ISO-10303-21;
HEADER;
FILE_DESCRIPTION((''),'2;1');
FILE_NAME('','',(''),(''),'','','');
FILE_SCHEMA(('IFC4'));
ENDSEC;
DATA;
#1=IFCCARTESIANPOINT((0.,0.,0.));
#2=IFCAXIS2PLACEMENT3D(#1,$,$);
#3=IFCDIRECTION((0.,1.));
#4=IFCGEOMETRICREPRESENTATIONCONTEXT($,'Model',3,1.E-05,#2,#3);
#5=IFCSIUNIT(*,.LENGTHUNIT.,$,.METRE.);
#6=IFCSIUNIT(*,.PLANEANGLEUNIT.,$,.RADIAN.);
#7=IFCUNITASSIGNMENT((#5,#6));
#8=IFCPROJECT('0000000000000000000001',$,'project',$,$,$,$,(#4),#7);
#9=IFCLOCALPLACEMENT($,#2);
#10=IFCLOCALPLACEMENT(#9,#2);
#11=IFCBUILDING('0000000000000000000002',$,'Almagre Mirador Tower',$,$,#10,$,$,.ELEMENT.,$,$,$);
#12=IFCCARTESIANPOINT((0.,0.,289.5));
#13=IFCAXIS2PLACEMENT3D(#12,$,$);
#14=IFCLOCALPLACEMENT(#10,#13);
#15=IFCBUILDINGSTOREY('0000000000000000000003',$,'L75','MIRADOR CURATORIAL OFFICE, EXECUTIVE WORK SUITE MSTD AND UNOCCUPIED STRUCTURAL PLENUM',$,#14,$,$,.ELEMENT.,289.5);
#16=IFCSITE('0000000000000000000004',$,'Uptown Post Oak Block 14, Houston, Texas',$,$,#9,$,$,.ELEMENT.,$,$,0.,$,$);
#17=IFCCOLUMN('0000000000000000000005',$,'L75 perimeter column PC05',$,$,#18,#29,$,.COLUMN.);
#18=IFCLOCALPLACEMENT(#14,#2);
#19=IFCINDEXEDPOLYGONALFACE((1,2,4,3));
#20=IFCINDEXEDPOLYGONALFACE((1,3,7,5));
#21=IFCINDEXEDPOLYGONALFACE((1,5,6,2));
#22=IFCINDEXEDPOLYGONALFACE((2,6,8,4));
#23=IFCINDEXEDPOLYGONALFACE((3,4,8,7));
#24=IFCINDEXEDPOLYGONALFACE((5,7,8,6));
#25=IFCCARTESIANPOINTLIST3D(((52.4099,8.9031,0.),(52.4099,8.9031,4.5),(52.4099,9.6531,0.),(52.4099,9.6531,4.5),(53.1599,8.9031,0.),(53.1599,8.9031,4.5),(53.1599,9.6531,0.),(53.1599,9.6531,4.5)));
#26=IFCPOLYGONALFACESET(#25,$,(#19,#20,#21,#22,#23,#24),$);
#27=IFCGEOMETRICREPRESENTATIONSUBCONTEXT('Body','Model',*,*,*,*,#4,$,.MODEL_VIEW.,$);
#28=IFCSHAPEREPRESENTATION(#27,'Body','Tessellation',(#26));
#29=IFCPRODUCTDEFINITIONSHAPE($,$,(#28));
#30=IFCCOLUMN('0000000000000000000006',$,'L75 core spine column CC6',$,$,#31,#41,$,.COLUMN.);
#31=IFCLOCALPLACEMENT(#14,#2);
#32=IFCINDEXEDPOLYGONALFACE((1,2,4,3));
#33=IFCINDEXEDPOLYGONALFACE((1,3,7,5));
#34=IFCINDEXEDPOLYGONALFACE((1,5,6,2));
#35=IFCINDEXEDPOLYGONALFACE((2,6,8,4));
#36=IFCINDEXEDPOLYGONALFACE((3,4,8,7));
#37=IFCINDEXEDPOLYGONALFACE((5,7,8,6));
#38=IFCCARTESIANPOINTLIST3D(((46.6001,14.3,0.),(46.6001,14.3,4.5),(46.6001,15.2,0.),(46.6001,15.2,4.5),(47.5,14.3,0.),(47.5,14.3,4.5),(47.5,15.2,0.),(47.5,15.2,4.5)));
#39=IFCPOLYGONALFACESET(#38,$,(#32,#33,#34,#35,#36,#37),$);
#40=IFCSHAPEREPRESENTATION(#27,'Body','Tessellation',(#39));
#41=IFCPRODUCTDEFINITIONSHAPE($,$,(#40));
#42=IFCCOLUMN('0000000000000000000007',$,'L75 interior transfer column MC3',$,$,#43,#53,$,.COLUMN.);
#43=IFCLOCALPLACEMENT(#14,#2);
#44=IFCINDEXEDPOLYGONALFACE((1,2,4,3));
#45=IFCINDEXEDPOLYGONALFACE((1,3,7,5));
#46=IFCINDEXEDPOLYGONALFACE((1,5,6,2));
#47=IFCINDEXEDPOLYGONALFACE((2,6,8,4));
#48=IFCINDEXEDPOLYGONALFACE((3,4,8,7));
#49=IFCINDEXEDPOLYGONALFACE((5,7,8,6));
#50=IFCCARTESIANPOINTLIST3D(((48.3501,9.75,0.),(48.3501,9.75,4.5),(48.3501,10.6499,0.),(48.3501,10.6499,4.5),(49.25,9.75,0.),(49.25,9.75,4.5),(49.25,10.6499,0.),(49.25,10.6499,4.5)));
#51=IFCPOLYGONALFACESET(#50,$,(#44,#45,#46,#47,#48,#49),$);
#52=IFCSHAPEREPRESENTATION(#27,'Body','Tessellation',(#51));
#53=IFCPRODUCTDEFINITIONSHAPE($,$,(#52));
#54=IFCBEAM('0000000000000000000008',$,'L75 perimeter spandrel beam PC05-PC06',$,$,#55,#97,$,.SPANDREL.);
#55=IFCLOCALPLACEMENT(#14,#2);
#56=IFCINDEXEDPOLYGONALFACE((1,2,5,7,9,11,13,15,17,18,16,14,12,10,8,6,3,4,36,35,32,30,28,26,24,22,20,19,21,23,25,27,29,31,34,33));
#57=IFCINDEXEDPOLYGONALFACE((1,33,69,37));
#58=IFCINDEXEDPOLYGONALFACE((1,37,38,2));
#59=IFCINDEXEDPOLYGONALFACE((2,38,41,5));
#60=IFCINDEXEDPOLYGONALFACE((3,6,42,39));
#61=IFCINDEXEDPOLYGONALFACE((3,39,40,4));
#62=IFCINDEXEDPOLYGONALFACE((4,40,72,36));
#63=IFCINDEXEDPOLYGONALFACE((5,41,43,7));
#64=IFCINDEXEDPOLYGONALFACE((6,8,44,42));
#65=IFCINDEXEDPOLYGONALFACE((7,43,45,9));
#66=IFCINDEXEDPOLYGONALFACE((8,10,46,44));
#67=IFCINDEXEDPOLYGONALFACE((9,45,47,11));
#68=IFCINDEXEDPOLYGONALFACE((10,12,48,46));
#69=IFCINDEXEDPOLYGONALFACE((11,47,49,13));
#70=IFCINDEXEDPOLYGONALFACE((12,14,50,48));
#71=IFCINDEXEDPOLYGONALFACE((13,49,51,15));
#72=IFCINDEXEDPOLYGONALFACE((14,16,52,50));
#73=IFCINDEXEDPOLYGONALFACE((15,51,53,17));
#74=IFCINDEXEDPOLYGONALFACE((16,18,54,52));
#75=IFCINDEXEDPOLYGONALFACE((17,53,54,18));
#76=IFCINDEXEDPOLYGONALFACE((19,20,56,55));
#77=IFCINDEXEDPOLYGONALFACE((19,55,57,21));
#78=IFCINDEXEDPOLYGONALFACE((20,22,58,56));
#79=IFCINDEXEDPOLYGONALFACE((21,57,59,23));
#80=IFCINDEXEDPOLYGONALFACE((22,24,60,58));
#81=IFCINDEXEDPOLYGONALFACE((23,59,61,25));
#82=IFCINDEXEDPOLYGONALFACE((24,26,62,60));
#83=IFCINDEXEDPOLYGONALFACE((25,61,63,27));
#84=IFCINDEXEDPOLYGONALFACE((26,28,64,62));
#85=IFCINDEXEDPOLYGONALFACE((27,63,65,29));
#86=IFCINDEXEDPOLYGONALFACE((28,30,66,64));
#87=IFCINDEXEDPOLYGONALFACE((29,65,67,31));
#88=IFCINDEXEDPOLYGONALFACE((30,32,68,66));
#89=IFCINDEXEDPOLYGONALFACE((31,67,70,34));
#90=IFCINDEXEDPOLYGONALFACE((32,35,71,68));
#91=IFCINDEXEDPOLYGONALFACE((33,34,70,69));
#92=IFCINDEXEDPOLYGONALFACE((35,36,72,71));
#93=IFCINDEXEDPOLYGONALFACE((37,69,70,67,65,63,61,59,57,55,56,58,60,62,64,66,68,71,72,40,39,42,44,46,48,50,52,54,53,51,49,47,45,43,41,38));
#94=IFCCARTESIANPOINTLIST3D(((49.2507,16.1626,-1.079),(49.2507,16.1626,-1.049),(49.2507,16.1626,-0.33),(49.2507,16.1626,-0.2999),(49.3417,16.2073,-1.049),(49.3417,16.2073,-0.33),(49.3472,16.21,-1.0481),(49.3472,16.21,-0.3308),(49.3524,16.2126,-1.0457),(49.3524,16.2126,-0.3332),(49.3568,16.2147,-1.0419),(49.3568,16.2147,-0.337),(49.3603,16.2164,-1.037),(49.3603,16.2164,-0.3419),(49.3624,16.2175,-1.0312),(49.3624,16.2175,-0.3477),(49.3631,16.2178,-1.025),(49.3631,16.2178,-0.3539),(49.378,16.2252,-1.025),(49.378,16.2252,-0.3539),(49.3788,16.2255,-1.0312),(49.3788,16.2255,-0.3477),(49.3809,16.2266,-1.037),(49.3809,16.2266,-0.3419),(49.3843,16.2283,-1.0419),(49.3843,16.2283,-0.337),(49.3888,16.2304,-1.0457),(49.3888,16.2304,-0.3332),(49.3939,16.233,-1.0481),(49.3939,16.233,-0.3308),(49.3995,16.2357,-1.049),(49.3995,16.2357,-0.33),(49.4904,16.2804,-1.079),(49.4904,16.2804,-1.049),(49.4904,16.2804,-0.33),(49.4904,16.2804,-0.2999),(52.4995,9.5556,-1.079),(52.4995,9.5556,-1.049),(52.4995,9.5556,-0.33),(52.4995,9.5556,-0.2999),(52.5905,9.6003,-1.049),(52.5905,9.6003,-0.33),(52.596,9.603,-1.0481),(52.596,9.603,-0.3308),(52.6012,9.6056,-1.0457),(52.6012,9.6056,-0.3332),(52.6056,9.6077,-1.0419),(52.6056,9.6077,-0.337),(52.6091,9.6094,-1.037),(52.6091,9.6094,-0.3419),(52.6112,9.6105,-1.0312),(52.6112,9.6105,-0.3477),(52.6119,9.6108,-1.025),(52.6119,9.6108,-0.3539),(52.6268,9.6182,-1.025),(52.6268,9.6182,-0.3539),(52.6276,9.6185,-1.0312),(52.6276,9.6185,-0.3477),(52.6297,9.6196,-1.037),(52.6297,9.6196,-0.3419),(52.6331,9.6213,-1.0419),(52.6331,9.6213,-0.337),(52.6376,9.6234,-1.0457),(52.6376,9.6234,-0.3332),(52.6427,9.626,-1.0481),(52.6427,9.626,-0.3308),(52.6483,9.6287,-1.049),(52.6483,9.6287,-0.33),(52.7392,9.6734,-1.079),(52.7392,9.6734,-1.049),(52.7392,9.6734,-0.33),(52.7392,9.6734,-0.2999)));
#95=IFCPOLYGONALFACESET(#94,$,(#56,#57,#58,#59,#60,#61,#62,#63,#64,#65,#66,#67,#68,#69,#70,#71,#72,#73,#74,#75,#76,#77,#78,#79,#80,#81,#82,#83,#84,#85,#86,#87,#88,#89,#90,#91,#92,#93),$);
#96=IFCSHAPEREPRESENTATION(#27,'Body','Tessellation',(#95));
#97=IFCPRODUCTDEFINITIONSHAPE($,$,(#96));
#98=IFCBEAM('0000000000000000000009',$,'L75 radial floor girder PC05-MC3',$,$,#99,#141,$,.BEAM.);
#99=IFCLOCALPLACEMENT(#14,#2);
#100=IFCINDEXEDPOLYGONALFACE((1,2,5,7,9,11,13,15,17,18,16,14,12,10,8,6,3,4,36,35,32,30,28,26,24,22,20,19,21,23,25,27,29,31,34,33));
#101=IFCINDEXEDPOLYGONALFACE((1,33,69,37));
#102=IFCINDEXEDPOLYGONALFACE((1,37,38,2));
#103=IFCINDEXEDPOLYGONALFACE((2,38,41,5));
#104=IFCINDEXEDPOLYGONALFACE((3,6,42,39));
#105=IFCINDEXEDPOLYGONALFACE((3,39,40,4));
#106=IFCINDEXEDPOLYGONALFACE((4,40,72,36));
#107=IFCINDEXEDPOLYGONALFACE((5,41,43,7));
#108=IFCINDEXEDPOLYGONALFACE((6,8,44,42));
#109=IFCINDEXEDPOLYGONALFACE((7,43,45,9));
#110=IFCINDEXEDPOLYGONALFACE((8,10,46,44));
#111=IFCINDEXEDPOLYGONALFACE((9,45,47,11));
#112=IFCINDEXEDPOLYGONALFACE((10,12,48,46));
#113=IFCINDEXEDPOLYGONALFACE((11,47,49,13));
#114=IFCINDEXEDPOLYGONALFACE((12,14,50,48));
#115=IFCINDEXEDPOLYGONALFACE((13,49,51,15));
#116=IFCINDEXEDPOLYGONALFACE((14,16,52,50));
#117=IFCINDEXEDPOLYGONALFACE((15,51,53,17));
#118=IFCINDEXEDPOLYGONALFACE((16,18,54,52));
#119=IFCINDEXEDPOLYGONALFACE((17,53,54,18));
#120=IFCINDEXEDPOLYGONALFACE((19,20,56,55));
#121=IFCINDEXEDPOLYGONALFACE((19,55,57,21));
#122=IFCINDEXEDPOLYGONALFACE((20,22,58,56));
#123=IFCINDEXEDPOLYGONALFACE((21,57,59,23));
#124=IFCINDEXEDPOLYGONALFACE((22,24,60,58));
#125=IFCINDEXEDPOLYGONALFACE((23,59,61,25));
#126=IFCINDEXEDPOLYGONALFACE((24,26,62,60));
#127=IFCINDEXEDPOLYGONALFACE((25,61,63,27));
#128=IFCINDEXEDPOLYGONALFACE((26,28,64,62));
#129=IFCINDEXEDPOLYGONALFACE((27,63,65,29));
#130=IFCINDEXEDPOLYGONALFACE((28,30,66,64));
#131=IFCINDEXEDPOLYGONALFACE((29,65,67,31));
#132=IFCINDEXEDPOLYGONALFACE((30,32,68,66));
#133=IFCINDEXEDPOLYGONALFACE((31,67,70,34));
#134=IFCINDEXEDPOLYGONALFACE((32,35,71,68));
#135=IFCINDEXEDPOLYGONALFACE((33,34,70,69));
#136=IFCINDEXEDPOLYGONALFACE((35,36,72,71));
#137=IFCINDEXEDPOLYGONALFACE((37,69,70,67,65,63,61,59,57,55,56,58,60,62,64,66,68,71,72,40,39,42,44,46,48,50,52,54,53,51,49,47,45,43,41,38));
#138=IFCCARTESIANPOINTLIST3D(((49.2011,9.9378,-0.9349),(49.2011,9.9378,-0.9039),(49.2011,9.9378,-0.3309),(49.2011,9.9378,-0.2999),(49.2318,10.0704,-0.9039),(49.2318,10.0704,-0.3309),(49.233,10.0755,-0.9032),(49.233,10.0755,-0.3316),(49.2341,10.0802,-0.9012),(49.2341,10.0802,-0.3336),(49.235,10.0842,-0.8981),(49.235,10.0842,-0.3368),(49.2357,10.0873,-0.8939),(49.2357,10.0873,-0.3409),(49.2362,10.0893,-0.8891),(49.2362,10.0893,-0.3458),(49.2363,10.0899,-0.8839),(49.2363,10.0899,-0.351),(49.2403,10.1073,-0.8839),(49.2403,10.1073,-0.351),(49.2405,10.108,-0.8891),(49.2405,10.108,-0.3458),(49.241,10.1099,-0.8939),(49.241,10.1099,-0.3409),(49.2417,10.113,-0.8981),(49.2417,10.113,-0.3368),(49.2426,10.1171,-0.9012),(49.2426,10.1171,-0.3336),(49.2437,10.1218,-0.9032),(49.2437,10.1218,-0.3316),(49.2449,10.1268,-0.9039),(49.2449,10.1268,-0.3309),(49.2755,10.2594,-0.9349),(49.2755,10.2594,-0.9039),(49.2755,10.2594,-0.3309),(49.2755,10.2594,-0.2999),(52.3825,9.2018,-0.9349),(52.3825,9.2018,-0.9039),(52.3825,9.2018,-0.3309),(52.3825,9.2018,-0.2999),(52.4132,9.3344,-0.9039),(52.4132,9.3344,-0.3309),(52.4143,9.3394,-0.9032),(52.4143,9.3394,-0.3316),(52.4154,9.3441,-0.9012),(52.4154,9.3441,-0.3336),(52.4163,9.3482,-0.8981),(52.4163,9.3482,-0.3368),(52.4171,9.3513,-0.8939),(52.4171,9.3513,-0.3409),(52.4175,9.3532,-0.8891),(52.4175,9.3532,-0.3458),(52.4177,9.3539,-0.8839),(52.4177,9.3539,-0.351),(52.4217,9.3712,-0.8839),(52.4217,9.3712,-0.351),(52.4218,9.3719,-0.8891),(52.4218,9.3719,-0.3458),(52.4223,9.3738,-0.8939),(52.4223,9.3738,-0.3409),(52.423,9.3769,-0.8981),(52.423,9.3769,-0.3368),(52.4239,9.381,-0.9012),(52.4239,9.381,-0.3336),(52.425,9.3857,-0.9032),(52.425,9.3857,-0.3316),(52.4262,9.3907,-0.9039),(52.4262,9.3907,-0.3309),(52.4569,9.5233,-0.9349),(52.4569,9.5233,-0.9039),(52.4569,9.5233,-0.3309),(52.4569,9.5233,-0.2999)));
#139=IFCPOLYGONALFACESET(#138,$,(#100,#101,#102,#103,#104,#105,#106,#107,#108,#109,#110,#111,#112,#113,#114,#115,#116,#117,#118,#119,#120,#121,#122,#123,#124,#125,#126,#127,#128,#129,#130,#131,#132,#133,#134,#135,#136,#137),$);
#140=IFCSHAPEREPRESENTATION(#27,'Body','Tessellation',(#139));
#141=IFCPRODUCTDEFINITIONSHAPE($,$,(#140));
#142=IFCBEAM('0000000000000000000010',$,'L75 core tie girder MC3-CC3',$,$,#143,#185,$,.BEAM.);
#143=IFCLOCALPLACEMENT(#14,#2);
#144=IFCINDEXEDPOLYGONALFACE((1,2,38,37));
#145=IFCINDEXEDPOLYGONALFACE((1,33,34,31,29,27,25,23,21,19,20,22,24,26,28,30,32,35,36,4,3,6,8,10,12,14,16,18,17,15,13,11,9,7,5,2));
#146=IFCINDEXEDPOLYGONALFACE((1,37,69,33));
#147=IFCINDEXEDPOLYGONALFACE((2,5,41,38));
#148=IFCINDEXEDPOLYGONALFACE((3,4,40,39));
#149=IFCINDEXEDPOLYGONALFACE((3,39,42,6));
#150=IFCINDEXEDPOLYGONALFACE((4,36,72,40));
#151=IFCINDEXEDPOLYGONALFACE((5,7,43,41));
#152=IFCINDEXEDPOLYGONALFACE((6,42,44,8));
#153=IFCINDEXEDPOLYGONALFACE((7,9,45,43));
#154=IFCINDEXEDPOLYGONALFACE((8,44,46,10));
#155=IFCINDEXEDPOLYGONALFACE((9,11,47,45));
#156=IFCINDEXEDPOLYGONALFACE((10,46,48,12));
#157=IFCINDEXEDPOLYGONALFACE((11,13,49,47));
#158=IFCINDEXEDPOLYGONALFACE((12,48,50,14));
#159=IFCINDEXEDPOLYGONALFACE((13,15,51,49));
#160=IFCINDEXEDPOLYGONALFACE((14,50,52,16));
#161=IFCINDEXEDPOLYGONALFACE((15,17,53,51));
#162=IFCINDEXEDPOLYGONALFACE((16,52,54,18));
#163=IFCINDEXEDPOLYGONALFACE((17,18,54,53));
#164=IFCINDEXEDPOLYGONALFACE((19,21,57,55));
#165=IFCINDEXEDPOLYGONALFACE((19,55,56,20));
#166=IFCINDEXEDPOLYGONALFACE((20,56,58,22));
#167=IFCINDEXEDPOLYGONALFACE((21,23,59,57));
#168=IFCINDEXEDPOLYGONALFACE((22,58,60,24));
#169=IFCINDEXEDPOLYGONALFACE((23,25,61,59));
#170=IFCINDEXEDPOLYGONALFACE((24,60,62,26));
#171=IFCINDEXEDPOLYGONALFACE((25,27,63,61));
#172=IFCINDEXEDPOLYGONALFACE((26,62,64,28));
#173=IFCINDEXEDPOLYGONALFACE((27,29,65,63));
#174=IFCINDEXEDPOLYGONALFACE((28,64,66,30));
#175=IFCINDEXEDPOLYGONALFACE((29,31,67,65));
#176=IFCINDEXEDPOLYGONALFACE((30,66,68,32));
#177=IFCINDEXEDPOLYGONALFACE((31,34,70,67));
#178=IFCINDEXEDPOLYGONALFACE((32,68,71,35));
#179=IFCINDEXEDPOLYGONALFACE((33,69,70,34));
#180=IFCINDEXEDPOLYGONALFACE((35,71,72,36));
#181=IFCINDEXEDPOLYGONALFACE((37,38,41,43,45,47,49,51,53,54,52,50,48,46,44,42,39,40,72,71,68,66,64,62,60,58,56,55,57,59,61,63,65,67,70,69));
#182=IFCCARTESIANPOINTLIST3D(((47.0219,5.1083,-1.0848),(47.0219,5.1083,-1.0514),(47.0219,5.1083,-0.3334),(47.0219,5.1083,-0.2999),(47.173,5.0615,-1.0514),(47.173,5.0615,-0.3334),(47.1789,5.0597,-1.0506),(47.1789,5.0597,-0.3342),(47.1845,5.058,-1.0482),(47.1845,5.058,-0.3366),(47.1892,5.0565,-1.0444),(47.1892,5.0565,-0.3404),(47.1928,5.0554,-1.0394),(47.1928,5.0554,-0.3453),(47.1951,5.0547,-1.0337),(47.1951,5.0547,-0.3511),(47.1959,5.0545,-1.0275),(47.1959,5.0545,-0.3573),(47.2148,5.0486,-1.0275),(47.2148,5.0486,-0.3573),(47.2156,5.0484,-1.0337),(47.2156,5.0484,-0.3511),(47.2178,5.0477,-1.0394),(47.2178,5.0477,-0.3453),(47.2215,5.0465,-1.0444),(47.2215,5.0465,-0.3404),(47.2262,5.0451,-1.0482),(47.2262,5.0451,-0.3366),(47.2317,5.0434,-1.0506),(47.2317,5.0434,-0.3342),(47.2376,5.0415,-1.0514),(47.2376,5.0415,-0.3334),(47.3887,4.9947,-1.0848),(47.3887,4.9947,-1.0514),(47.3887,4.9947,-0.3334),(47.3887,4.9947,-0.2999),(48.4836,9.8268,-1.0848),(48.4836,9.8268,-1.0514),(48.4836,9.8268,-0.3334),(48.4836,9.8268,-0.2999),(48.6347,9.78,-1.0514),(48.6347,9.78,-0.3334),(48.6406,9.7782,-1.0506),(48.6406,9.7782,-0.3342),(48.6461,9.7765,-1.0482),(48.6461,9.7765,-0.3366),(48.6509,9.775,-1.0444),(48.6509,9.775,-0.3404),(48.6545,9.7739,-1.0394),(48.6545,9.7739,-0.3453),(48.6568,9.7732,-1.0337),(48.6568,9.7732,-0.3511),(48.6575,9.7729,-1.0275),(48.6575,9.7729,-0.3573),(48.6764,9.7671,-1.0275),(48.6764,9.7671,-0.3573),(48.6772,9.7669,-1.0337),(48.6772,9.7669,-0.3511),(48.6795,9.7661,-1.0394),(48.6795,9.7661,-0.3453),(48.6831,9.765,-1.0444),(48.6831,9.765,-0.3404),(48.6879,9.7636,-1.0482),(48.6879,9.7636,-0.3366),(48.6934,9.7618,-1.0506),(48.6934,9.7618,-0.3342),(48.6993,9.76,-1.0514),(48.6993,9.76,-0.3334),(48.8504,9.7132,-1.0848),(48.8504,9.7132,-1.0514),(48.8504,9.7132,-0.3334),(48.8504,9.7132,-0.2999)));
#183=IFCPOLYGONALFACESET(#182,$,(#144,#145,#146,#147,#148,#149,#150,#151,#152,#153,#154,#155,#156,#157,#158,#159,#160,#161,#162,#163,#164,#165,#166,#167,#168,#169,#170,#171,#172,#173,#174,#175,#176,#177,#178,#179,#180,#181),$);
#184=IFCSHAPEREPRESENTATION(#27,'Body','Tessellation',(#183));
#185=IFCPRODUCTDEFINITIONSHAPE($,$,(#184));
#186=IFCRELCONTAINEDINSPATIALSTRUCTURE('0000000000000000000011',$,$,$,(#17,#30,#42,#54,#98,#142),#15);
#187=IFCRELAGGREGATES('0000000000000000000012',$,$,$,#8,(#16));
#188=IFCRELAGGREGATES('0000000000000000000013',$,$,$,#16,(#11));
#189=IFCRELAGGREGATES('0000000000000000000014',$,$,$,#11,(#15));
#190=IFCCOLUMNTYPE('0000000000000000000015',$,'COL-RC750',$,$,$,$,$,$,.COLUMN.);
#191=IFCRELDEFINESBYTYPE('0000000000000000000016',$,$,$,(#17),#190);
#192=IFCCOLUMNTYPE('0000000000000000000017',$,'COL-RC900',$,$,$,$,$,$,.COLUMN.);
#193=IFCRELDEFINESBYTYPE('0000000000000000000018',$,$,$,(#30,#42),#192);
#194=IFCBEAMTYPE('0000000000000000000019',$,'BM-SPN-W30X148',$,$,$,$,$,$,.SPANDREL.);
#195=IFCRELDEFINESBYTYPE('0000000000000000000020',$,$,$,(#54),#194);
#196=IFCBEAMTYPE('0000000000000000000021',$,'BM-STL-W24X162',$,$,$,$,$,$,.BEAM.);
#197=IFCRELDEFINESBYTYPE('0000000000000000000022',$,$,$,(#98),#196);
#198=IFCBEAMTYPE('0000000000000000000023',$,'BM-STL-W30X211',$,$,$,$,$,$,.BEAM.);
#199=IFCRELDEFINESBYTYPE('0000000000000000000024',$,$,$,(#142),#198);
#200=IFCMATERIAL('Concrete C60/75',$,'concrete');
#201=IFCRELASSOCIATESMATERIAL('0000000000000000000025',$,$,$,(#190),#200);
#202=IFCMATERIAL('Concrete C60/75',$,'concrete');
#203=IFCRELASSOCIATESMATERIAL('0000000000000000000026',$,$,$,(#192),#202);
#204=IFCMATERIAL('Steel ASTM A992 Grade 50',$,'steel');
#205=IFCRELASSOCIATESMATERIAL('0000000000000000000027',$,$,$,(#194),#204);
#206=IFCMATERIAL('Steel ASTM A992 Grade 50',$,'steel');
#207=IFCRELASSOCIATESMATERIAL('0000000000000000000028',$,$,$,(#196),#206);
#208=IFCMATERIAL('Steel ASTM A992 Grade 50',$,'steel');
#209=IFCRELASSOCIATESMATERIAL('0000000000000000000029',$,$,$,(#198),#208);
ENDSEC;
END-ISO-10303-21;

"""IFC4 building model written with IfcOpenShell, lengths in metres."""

from ifc_helpers import new_model, si_unit, direction, frame, origin, origin_2d, place, context, subcontext, project, spatial, rectangle, i_section, extrude, material, material_profile, profile_set, type_object, element, save


model = new_model("IFC4")

# Units and contexts
model_context = context("Model", 3, precision=1e-05, world=origin(), true_north=direction((0.0, 1.0)))
body_context = subcontext(model_context, "Body", "Model", "MODEL_VIEW")
ifc_project = project(units=[si_unit("LENGTHUNIT", "METRE"), si_unit("PLANEANGLEUNIT", "RADIAN")], contexts=[model_context])

# Site, building, storey
site_placement = place(None, origin())
site = spatial("IfcSite", under=ifc_project, at=site_placement, Name="Uptown Post Oak Block 14, Houston, Texas", CompositionType="ELEMENT", RefElevation=0.0)
building_placement = place(site_placement, origin())
building = spatial("IfcBuilding", under=site, at=building_placement, Name="Almagre Mirador Tower", CompositionType="ELEMENT")
storey_placement = place(building_placement, frame((0.0, 0.0, 289.5)))
storey = spatial("IfcBuildingStorey", under=building, at=storey_placement, Name="L75", Description="MIRADOR CURATORIAL OFFICE, EXECUTIVE WORK SUITE MSTD AND UNOCCUPIED STRUCTURAL PLENUM", CompositionType="ELEMENT", Elevation=289.5)

# Columns
ifc_material_1 = material(Name="Concrete C60/75", Category="concrete")
ifc_material_profile_1 = material_profile(ifc_material_1, rectangle(XDim=0.75, YDim=0.75, at=origin_2d()), Name="RC750X750")
ifc_profile_set_1 = profile_set([ifc_material_profile_1], Name="Concrete C60/75")
column_type_1 = type_object("IfcColumnType", Name="COL-RC750", PredefinedType="COLUMN", material=ifc_profile_set_1)
column_placement = place(storey_placement, frame((52.7849, 9.2781, 0.0), z_axis=(0.0, 0.0, 1.0), x_axis=(1.0, 0.0, 0.0)))
element("IfcColumn", 1, at=column_placement, inside=storey, type_object=column_type_1, Name="L75 perimeter column PC05", PredefinedType="COLUMN", context=body_context, shape_type="SweptSolid", body=[
    extrude(rectangle(XDim=0.75, YDim=0.75, at=origin_2d()), origin(), (0.0, 0.0, 1.0), 4.5),
])
ifc_material_2 = material(Name="Concrete C60/75", Category="concrete")
ifc_material_profile_2 = material_profile(ifc_material_2, rectangle(XDim=0.8999, YDim=0.8999, at=origin_2d()), Name="RC900X900")
ifc_profile_set_2 = profile_set([ifc_material_profile_2], Name="Concrete C60/75")
column_type_2 = type_object("IfcColumnType", Name="COL-RC900", PredefinedType="COLUMN", material=ifc_profile_set_2)
for number, where, z_axis, x_axis, name in (
    (2, (47.05, 14.75, 0.0), (0.0, 0.0, 1.0), (1.0, 0.0, 0.0), "L75 core spine column CC6"),
    (3, (48.8, 10.2, 0.0), (0.0, 0.0, 1.0), (1.0, 0.0, 0.0), "L75 interior transfer column MC3"),
):
    element("IfcColumn", number, at=place(storey_placement, frame(where, z_axis=z_axis, x_axis=x_axis)), inside=storey, type_object=column_type_2, Name=name, PredefinedType="COLUMN", context=body_context, shape_type="SweptSolid", body=[
        extrude(rectangle(XDim=0.8999, YDim=0.8999, at=origin_2d()), origin(), (0.0, 0.0, 1.0), 4.5),
    ])

# Beams
ifc_material_3 = material(Name="Steel ASTM A992 Grade 50", Category="steel")
ifc_material_profile_3 = material_profile(ifc_material_3, i_section(OverallWidth=0.2671, OverallDepth=0.7791, WebThickness=0.0166, FlangeThickness=0.03, FilletRadius=0.0239, at=origin_2d()), Name="W30X148")
ifc_profile_set_3 = profile_set([ifc_material_profile_3], Name="Steel ASTM A992 Grade 50")
beam_type_1 = type_object("IfcBeamType", Name="BM-SPN-W30X148", PredefinedType="SPANDREL", material=ifc_profile_set_3)
beam_1_placement = place(storey_placement, frame((52.6194, 9.6145, -0.6895), z_axis=(-0.441261, 0.897379, 0.0), x_axis=(-0.897379, -0.441261, 0.0)))
element("IfcBeam", 4, at=beam_1_placement, inside=storey, type_object=beam_type_1, Name="L75 perimeter spandrel beam PC05-PC06", PredefinedType="SPANDREL", context=body_context, shape_type="SweptSolid", body=[
    extrude(i_section(OverallWidth=0.2671, OverallDepth=0.7791, WebThickness=0.0166, FlangeThickness=0.03, FilletRadius=0.0239, at=origin_2d()), origin(), (0.0, 0.0, 1.0), 7.3625),
])
ifc_material_4 = material(Name="Steel ASTM A992 Grade 50", Category="steel")
ifc_material_profile_4 = material_profile(ifc_material_4, i_section(OverallWidth=0.3301, OverallDepth=0.635, WebThickness=0.0178, FlangeThickness=0.031, FilletRadius=0.02, at=origin_2d()), Name="W24X162")
ifc_profile_set_4 = profile_set([ifc_material_profile_4], Name="Steel ASTM A992 Grade 50")
beam_type_2 = type_object("IfcBeamType", Name="BM-STL-W24X162", PredefinedType="BEAM", material=ifc_profile_set_4)
beam_2_placement = place(storey_placement, frame((52.4197, 9.3625, -0.6174), z_axis=(-0.974263, 0.225416, 0.0), x_axis=(-0.225416, -0.974263, 0.0)))
element("IfcBeam", 5, at=beam_2_placement, inside=storey, type_object=beam_type_2, Name="L75 radial floor girder PC05-MC3", PredefinedType="BEAM", context=body_context, shape_type="SweptSolid", body=[
    extrude(i_section(OverallWidth=0.3301, OverallDepth=0.635, WebThickness=0.0178, FlangeThickness=0.031, FilletRadius=0.02, at=origin_2d()), origin(), (0.0, 0.0, 1.0), 3.2654),
])
ifc_material_5 = material(Name="Steel ASTM A992 Grade 50", Category="steel")
ifc_material_profile_5 = material_profile(ifc_material_5, i_section(OverallWidth=0.384, OverallDepth=0.7849, WebThickness=0.0198, FlangeThickness=0.0334, FilletRadius=0.0239, at=origin_2d()), Name="W30X211")
ifc_profile_set_5 = profile_set([ifc_material_profile_5], Name="Steel ASTM A992 Grade 50")
beam_type_3 = type_object("IfcBeamType", Name="BM-STL-W30X211", PredefinedType="BEAM", material=ifc_profile_set_5)
beam_3_placement = place(storey_placement, frame((48.667, 9.77, -0.6924), z_axis=(-0.295902, -0.955218, 0.0), x_axis=(0.955218, -0.295902, 0.0)))
element("IfcBeam", 6, at=beam_3_placement, inside=storey, type_object=beam_type_3, Name="L75 core tie girder MC3-CC3", PredefinedType="BEAM", context=body_context, shape_type="SweptSolid", body=[
    extrude(i_section(OverallWidth=0.384, OverallDepth=0.7849, WebThickness=0.0198, FlangeThickness=0.0334, FilletRadius=0.0239, at=origin_2d()), origin(), (0.0, 0.0, 1.0), 4.9397),
])

save(model, "model.ifc")
